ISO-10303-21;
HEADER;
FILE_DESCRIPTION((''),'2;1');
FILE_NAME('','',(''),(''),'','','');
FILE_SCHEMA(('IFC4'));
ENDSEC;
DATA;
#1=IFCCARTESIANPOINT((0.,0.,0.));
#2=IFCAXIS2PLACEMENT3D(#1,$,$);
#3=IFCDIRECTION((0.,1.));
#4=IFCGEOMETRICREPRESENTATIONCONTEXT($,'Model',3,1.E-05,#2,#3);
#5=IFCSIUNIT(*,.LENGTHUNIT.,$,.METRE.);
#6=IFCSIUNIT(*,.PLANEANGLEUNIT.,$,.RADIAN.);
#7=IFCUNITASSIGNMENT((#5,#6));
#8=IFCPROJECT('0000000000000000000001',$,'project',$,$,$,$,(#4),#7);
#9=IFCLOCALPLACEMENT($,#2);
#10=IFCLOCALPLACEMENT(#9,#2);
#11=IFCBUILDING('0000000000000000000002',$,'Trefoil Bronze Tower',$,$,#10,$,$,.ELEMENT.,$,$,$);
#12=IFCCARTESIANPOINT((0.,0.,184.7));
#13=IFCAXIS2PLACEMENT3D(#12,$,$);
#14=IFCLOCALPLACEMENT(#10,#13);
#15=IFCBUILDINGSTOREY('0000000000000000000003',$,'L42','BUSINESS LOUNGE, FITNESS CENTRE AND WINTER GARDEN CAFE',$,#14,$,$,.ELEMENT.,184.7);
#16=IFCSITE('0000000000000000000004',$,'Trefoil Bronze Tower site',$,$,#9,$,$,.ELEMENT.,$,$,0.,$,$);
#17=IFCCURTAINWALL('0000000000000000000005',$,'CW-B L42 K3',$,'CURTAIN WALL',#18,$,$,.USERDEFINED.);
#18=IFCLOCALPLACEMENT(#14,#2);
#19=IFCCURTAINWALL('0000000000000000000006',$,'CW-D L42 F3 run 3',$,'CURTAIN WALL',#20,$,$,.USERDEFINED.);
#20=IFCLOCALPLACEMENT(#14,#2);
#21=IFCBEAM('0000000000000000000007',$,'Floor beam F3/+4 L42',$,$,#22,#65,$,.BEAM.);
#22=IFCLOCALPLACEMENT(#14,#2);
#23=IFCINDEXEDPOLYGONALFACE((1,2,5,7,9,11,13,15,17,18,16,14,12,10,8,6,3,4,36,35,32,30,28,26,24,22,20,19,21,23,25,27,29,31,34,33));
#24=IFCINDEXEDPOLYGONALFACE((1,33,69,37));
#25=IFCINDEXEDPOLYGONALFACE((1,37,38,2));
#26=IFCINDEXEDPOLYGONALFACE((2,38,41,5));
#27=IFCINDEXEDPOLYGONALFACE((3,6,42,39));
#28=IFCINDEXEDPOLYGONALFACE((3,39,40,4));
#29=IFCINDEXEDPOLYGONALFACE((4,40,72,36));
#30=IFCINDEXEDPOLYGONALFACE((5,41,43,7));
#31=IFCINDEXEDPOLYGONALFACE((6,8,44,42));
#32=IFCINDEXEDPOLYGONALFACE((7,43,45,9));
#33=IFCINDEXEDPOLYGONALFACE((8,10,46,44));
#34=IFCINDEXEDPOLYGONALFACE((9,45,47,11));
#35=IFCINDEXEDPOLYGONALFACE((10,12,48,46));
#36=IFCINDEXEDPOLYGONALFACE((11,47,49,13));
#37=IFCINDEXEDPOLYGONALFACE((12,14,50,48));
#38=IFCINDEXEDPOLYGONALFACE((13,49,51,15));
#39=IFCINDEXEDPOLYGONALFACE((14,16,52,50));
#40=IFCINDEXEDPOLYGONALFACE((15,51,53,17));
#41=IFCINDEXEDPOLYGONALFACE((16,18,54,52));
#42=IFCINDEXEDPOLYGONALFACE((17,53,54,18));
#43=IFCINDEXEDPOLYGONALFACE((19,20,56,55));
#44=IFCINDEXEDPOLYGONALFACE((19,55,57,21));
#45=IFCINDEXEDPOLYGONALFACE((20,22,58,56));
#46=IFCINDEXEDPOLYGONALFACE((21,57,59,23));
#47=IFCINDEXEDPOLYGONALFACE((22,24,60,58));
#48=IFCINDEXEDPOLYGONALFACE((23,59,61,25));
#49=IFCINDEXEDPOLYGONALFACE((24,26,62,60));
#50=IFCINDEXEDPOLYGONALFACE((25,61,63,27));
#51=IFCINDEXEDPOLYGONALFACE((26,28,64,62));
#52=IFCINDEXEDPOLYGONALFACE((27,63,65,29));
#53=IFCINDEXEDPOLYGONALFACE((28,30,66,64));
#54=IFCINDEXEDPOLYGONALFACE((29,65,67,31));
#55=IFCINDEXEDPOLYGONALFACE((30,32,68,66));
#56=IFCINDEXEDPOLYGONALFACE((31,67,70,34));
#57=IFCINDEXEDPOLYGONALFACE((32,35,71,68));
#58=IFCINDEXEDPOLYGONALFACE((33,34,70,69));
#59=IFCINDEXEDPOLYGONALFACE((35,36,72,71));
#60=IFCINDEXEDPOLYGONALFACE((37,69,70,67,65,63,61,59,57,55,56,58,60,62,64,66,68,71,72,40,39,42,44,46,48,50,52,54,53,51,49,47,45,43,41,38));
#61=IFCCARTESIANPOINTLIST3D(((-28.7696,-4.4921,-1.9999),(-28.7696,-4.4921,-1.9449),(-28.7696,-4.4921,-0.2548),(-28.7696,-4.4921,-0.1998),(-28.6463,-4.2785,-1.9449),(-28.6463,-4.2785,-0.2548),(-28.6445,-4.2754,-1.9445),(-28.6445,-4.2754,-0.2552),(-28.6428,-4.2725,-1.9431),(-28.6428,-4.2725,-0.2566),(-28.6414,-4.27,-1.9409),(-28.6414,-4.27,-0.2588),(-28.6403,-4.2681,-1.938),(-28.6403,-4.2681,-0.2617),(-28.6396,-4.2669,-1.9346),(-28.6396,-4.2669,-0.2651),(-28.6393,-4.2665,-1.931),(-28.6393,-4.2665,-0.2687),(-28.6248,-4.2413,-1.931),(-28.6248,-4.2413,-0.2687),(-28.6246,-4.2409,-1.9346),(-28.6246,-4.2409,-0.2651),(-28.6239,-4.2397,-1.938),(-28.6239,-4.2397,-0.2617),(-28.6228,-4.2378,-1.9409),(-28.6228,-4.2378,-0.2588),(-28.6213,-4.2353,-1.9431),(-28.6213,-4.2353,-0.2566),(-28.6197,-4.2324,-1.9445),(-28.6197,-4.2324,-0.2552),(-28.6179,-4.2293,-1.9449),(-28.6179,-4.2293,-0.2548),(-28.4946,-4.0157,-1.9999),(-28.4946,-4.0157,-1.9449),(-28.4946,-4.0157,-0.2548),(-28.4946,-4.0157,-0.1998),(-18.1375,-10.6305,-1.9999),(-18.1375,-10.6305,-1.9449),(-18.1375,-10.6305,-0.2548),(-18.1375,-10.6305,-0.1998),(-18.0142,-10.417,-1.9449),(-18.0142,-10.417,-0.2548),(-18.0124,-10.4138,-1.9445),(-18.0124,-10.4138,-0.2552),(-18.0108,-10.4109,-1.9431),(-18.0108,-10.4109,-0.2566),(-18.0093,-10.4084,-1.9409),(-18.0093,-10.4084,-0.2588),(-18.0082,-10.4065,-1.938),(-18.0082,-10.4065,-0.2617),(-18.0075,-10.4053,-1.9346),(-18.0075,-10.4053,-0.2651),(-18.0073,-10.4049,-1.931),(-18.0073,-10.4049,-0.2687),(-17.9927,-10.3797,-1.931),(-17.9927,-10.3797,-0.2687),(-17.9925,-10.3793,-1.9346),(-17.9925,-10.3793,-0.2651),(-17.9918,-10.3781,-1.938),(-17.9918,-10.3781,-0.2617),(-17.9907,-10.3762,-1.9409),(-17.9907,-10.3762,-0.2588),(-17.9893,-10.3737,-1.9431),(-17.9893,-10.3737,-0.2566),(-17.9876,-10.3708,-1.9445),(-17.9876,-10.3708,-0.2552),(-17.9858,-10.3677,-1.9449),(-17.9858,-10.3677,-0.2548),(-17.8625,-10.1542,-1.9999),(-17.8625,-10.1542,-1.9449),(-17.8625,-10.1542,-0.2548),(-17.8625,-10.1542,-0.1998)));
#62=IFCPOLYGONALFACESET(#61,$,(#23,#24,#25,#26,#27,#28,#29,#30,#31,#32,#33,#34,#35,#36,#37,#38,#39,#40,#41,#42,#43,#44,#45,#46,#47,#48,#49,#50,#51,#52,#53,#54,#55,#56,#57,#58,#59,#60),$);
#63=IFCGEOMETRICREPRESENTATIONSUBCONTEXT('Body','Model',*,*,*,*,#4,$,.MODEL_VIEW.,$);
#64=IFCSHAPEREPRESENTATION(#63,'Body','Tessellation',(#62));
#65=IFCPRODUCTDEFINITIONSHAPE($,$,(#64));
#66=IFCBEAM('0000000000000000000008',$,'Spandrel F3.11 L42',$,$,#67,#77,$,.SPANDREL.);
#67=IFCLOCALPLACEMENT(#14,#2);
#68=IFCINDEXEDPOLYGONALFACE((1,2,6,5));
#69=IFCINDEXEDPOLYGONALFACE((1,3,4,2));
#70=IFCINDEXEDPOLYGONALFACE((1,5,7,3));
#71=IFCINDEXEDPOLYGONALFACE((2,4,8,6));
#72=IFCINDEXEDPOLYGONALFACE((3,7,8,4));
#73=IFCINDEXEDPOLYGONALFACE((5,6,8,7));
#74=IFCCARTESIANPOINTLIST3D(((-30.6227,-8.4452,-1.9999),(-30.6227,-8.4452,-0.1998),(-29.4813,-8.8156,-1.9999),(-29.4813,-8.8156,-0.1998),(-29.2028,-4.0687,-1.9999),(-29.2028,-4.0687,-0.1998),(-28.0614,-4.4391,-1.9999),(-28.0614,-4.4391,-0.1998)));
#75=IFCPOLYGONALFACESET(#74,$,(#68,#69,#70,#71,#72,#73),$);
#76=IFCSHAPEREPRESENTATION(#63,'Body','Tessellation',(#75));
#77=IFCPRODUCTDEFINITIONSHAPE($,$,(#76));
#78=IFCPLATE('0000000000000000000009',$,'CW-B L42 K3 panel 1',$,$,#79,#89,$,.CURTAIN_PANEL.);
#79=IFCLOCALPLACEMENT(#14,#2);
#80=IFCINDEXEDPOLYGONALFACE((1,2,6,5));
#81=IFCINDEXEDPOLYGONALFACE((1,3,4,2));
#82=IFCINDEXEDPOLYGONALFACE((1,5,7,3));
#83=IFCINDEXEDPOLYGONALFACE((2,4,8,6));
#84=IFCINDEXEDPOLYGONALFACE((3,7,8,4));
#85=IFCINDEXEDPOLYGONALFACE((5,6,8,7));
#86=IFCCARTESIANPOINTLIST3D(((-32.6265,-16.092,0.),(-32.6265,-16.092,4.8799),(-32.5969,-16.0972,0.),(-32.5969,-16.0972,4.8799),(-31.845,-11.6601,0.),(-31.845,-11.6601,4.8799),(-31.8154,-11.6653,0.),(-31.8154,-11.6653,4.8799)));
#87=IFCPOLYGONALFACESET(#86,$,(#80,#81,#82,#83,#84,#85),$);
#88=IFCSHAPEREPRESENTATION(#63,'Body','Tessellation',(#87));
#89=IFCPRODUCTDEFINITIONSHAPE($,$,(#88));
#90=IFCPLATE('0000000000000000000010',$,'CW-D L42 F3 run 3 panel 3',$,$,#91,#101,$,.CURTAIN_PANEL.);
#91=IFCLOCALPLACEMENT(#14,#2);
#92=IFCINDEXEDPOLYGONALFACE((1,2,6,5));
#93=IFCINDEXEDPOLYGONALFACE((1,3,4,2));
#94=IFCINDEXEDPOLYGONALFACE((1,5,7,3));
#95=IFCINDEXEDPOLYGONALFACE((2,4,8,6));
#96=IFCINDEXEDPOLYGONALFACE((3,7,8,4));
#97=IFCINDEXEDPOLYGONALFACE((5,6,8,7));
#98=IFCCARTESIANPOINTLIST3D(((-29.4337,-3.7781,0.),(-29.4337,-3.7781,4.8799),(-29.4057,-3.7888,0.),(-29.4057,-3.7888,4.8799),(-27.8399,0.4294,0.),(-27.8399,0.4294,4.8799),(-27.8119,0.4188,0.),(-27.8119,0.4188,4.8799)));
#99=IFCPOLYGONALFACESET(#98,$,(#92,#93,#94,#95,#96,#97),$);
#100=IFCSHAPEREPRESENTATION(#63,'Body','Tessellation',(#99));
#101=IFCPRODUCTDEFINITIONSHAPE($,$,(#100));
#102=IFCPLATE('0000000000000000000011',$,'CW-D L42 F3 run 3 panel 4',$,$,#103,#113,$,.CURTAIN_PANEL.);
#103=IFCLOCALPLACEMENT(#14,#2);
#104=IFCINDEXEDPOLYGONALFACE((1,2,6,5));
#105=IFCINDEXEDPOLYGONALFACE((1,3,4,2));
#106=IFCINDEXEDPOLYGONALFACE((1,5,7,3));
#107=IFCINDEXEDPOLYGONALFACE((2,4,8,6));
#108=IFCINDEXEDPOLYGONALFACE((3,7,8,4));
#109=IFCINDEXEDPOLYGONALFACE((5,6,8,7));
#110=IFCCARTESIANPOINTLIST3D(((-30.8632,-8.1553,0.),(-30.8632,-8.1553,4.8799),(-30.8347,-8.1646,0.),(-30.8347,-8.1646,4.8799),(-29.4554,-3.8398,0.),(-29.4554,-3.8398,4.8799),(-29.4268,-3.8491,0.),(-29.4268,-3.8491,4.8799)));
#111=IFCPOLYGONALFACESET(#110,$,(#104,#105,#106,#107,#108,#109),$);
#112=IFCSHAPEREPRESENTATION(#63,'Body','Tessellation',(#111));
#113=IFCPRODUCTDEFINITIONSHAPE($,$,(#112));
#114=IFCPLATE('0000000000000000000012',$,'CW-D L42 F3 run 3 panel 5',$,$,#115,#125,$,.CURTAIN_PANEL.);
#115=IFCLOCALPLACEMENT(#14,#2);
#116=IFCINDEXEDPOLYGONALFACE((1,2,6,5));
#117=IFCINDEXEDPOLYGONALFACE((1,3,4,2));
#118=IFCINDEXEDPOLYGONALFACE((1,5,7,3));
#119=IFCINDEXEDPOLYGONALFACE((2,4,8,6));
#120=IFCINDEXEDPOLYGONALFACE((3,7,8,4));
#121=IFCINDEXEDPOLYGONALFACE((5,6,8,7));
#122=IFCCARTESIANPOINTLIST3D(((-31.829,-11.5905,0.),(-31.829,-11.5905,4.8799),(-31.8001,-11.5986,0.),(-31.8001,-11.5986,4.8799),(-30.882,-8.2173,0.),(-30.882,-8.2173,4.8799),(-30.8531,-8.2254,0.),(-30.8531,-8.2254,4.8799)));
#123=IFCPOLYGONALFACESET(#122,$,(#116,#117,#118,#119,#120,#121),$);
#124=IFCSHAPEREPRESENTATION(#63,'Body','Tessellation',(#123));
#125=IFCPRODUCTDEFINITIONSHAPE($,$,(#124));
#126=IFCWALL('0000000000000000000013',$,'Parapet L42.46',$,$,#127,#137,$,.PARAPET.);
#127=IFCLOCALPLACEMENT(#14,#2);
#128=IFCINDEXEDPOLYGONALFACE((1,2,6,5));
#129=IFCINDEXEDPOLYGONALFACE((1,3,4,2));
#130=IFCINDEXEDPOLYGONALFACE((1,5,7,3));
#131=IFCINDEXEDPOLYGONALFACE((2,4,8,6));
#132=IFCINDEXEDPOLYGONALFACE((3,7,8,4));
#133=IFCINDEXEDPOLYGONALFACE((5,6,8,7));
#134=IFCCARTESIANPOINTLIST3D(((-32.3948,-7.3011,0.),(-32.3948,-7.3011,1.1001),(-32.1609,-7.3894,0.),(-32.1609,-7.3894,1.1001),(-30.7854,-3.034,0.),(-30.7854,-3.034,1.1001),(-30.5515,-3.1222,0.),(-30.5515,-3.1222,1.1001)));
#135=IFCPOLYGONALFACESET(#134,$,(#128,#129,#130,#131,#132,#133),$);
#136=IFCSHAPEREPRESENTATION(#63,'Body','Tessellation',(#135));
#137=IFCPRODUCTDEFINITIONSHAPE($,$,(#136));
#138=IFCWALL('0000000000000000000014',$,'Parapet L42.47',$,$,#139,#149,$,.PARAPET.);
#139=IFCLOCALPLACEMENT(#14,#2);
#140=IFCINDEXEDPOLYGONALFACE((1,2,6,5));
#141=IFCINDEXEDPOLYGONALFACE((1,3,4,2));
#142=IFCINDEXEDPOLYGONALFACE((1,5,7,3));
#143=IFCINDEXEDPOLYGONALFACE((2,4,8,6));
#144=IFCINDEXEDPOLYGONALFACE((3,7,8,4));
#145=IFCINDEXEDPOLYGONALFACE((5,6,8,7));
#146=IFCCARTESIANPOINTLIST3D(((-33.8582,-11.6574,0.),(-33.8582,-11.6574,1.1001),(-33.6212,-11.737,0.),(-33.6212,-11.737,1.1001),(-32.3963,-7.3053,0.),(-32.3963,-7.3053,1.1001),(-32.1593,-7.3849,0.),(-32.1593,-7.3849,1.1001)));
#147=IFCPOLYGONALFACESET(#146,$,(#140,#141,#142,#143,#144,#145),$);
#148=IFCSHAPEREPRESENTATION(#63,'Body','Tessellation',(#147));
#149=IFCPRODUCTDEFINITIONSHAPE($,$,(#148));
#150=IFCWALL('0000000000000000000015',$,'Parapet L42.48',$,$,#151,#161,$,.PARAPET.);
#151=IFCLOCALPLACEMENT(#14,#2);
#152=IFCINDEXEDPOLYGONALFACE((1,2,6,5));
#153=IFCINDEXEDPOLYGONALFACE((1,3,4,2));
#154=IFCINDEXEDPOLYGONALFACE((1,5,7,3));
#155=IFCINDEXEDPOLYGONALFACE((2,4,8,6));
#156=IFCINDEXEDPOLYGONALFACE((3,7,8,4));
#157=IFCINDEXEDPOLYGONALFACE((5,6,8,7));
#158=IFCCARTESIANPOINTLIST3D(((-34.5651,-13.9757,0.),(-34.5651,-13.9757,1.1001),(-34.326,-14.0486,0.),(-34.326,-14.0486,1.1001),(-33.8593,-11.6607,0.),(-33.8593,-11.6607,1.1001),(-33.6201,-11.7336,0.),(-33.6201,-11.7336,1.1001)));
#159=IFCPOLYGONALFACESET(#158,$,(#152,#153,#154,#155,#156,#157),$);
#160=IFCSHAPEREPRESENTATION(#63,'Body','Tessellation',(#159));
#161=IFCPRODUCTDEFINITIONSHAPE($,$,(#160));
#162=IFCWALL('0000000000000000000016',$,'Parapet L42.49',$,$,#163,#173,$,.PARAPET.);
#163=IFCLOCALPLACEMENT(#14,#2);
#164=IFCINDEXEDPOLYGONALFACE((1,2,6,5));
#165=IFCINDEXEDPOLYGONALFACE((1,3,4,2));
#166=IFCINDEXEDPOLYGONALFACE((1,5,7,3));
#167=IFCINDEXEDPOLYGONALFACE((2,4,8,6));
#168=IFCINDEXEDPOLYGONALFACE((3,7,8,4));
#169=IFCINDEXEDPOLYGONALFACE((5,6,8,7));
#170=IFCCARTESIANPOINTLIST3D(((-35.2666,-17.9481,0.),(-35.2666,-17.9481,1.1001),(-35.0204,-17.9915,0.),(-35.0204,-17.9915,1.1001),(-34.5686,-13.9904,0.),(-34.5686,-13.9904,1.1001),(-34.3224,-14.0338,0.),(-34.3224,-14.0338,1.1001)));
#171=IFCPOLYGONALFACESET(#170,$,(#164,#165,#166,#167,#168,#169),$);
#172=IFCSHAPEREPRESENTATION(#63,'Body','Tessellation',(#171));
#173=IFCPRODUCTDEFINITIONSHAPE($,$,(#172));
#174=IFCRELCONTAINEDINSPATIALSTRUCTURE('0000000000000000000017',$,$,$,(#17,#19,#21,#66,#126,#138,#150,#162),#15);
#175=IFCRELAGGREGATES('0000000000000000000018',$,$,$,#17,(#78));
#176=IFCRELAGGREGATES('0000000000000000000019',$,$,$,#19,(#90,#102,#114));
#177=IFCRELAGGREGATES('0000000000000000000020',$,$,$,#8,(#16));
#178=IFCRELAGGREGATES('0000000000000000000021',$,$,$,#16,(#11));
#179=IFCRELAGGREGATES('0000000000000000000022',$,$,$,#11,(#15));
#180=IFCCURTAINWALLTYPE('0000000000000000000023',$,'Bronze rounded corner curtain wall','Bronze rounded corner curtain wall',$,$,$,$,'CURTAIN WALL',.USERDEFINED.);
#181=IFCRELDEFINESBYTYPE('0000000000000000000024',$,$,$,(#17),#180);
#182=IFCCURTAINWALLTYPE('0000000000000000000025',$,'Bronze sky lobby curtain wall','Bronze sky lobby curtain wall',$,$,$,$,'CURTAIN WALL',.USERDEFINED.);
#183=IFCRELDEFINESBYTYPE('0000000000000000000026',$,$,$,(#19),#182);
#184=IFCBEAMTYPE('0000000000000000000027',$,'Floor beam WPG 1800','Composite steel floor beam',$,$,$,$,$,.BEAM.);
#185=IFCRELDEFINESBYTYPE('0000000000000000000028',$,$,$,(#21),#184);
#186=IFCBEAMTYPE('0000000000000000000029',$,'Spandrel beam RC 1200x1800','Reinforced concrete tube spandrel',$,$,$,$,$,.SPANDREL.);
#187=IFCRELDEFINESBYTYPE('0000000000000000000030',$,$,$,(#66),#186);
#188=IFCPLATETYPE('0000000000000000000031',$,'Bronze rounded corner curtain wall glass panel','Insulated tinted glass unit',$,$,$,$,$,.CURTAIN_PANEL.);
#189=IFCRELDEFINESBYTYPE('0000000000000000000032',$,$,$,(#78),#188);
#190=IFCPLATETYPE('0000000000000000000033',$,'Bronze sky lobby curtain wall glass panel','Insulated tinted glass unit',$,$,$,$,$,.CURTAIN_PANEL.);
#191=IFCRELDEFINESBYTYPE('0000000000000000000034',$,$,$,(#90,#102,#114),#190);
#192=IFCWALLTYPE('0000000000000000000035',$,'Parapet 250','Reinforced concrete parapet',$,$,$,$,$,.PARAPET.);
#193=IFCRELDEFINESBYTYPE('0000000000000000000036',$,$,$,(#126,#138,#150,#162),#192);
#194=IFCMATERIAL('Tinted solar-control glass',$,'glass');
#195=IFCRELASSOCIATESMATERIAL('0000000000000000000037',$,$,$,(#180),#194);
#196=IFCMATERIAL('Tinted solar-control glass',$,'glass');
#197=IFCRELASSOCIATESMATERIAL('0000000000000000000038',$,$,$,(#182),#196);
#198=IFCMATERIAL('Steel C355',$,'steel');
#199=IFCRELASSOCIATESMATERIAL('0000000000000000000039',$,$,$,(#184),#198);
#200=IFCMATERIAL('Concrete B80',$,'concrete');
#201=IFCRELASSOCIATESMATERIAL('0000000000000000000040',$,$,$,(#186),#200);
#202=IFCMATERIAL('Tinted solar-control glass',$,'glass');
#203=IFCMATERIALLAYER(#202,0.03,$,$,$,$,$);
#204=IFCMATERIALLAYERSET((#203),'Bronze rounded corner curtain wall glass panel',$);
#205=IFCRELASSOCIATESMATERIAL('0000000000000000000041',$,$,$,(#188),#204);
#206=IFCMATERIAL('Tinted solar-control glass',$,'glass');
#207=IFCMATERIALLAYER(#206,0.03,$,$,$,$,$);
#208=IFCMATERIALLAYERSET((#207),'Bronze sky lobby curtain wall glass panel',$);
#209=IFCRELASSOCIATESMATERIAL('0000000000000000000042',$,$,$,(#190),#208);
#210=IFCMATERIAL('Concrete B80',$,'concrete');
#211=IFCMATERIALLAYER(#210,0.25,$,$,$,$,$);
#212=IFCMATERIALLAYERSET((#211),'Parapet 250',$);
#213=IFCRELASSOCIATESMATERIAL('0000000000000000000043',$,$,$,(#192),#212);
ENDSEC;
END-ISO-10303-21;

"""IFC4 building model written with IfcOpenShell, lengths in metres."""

from ifc_helpers import new_model, si_unit, direction, frame, frame_2d, origin, origin_2d, place, context, subcontext, project, spatial, rectangle, i_section, extrude, material, layer, layer_set, material_profile, profile_set, type_object, element, aggregate, save


model = new_model("IFC4")

# Units and contexts
model_context = context("Model", 3, precision=1e-05, world=origin(), true_north=direction((0.0, 1.0)))
body_context = subcontext(model_context, "Body", "Model", "MODEL_VIEW")
ifc_project = project(units=[si_unit("LENGTHUNIT", "METRE"), si_unit("PLANEANGLEUNIT", "RADIAN")], contexts=[model_context])

# Site, building, storey
site_placement = place(None, origin())
site = spatial("IfcSite", under=ifc_project, at=site_placement, Name="Trefoil Bronze Tower site", CompositionType="ELEMENT", RefElevation=0.0)
building_placement = place(site_placement, origin())
building = spatial("IfcBuilding", under=site, at=building_placement, Name="Trefoil Bronze Tower", CompositionType="ELEMENT")
storey_placement = place(building_placement, frame((0.0, 0.0, 184.7)))
storey = spatial("IfcBuildingStorey", under=building, at=storey_placement, Name="L42", Description="BUSINESS LOUNGE, FITNESS CENTRE AND WINTER GARDEN CAFE", CompositionType="ELEMENT", Elevation=184.7)

# Curtain walls
ifc_material_1 = material(Name="Tinted solar-control glass", Category="glass")
curtain_wall_type_1 = type_object("IfcCurtainWallType", Name="Bronze rounded corner curtain wall", Description="Bronze rounded corner curtain wall", ElementType="CURTAIN WALL", PredefinedType="USERDEFINED", material=ifc_material_1)
curtain_wall_1_placement = place(storey_placement, origin())
curtain_wall_1 = element("IfcCurtainWall", 1, at=curtain_wall_1_placement, inside=storey, type_object=curtain_wall_type_1, Name="CW-B L42 K3", ObjectType="CURTAIN WALL", PredefinedType="USERDEFINED")
ifc_material_2 = material(Name="Tinted solar-control glass", Category="glass")
curtain_wall_type_2 = type_object("IfcCurtainWallType", Name="Bronze sky lobby curtain wall", Description="Bronze sky lobby curtain wall", ElementType="CURTAIN WALL", PredefinedType="USERDEFINED", material=ifc_material_2)
curtain_wall_2_placement = place(storey_placement, origin())
curtain_wall_2 = element("IfcCurtainWall", 2, at=curtain_wall_2_placement, inside=storey, type_object=curtain_wall_type_2, Name="CW-D L42 F3 run 3", ObjectType="CURTAIN WALL", PredefinedType="USERDEFINED")

# Beams
ifc_material_3 = material(Name="Steel C355", Category="steel")
ifc_material_profile_1 = material_profile(ifc_material_3, i_section(OverallWidth=0.55, OverallDepth=1.8, WebThickness=0.0291, FlangeThickness=0.0549, FilletRadius=0.0139, at=origin_2d()), Name="WPG 1800")
ifc_profile_set_1 = profile_set([ifc_material_profile_1], Name="Steel C355")
beam_type_1 = type_object("IfcBeamType", Name="Floor beam WPG 1800", Description="Composite steel floor beam", PredefinedType="BEAM", material=ifc_profile_set_1)
beam_1_placement = place(storey_placement, frame((-28.6321, -4.2539, -1.0999), z_axis=(0.866026, -0.5, 0.0), x_axis=(0.5, 0.866026, 0.0)))
element("IfcBeam", 3, at=beam_1_placement, inside=storey, type_object=beam_type_1, Name="Floor beam F3/+4 L42", PredefinedType="BEAM", context=body_context, shape_type="SweptSolid", body=[
    extrude(i_section(OverallWidth=0.55, OverallDepth=1.8, WebThickness=0.0291, FlangeThickness=0.0549, FilletRadius=0.0139, at=origin_2d()), origin(), (0.0, 0.0, 1.0), 12.2769),
])
ifc_material_4 = material(Name="Concrete B80", Category="concrete")
ifc_material_profile_2 = material_profile(ifc_material_4, rectangle(XDim=1.2, YDim=1.8, at=origin_2d()), Name="RC 1200x1800")
ifc_profile_set_2 = profile_set([ifc_material_profile_2], Name="Concrete B80")
beam_type_2 = type_object("IfcBeamType", Name="Spandrel beam RC 1200x1800", Description="Reinforced concrete tube spandrel", PredefinedType="SPANDREL", material=ifc_profile_set_2)
beam_2_placement = place(storey_placement, frame((-28.6321, -4.2539, -1.0999), z_axis=(-0.308609, -0.951189, 0.0), x_axis=(0.951189, -0.308609, 0.0)))
element("IfcBeam", 4, at=beam_2_placement, inside=storey, type_object=beam_type_2, Name="Spandrel F3.11 L42", PredefinedType="SPANDREL", context=body_context, shape_type="SweptSolid", body=[
    extrude(rectangle(XDim=1.2, YDim=1.8, at=origin_2d()), origin(), (0.0, 0.0, 1.0), 4.6011),
])

# Plates
ifc_material_5 = material(Name="Tinted solar-control glass", Category="glass")
ifc_layer_1 = layer(ifc_material_5, 0.03)
ifc_layer_set_1 = layer_set([ifc_layer_1], Name="Bronze rounded corner curtain wall glass panel")
plate_type_1 = type_object("IfcPlateType", Name="Bronze rounded corner curtain wall glass panel", Description="Insulated tinted glass unit", PredefinedType="CURTAIN_PANEL", material=ifc_layer_set_1)
plate_1_placement = place(storey_placement, frame((-32.2209, -13.8787, 0.0), z_axis=(0.0, 0.0, 1.0), x_axis=(-0.173648, -0.984808, 0.0)))
plate_1 = element("IfcPlate", 5, at=plate_1_placement, type_object=plate_type_1, Name="CW-B L42 K3 panel 1", PredefinedType="CURTAIN_PANEL", context=body_context, shape_type="SweptSolid", body=[
    extrude(rectangle(XDim=4.5002, YDim=0.03, at=origin_2d()), origin(), (0.0, 0.0, 1.0), 4.8799),
])
aggregate(curtain_wall_1, [plate_1])
ifc_material_6 = material(Name="Tinted solar-control glass", Category="glass")
ifc_layer_2 = layer(ifc_material_6, 0.03)
ifc_layer_set_2 = layer_set([ifc_layer_2], Name="Bronze sky lobby curtain wall glass panel")
plate_type_2 = type_object("IfcPlateType", Name="Bronze sky lobby curtain wall glass panel", Description="Insulated tinted glass unit", PredefinedType="CURTAIN_PANEL", material=ifc_layer_set_2)
plate_2_placement = place(storey_placement, frame((-28.6228, -1.6797, 0.0), z_axis=(0.0, 0.0, 1.0), x_axis=(-0.354234, -0.935157, 0.0)))
plate_2 = element("IfcPlate", 6, at=plate_2_placement, type_object=plate_type_2, Name="CW-D L42 F3 run 3 panel 3", PredefinedType="CURTAIN_PANEL", context=body_context, shape_type="SweptSolid", body=[
    extrude(rectangle(XDim=4.4993, YDim=0.03, at=origin_2d()), origin(), (0.0, 0.0, 1.0), 4.8799),
])
plate_3_placement = place(storey_placement, frame((-30.145, -6.0022, 0.0), z_axis=(0.0, 0.0, 1.0), x_axis=(-0.310149, -0.950688, 0.0)))
plate_3 = element("IfcPlate", 7, at=plate_3_placement, type_object=plate_type_2, Name="CW-D L42 F3 run 3 panel 4", PredefinedType="CURTAIN_PANEL", context=body_context, shape_type="SweptSolid", body=[
    extrude(rectangle(XDim=4.5393, YDim=0.03, at=origin_2d()), origin(), (0.0, 0.0, 1.0), 4.8799),
])
plate_4_placement = place(storey_placement, frame((-31.3411, -9.908, 0.0), z_axis=(0.0, 0.0, 1.0), x_axis=(-0.270282, -0.962781, 0.0)))
plate_4 = element("IfcPlate", 8, at=plate_4_placement, type_object=plate_type_2, Name="CW-D L42 F3 run 3 panel 5", PredefinedType="CURTAIN_PANEL", context=body_context, shape_type="SweptSolid", body=[
    extrude(rectangle(XDim=3.5037, YDim=0.03, at=origin_2d()), origin(), (0.0, 0.0, 1.0), 4.8799),
])
aggregate(curtain_wall_2, [plate_2, plate_3, plate_4])

# Walls
ifc_material_7 = material(Name="Concrete B80", Category="concrete")
ifc_layer_3 = layer(ifc_material_7, 0.25)
ifc_layer_set_3 = layer_set([ifc_layer_3], Name="Parapet 250")
wall_type = type_object("IfcWallType", Name="Parapet 250", Description="Reinforced concrete parapet", PredefinedType="PARAPET", material=ifc_layer_set_3)
wall_1_placement = place(storey_placement, frame((-30.6685, -3.0781, 0.0), z_axis=(0.0, 0.0, 1.0), x_axis=(-0.352895, -0.935663, 0.0)))
element("IfcWall", 9, at=wall_1_placement, inside=storey, type_object=wall_type, Name="Parapet L42.46", PredefinedType="PARAPET", context=body_context, shape_type="SweptSolid", body=[
    extrude(rectangle(XDim=4.5605, YDim=0.25, at=frame_2d((2.2803, 0.0))), origin(), (0.0, 0.0, 1.0), 1.1001),
])
wall_2_placement = place(storey_placement, frame((-32.2778, -7.3452, 0.0), z_axis=(0.0, 0.0, 1.0), x_axis=(-0.318428, -0.947947, 0.0)))
element("IfcWall", 10, at=wall_2_placement, inside=storey, type_object=wall_type, Name="Parapet L42.47", PredefinedType="PARAPET", context=body_context, shape_type="SweptSolid", body=[
    extrude(rectangle(XDim=4.5911, YDim=0.25, at=frame_2d((2.2954, 0.0))), origin(), (0.0, 0.0, 1.0), 1.1001),
])
wall_3_placement = place(storey_placement, frame((-33.7397, -11.6973, 0.0), z_axis=(0.0, 0.0, 1.0), x_axis=(-0.291639, -0.956528, 0.0)))
element("IfcWall", 11, at=wall_3_placement, inside=storey, type_object=wall_type, Name="Parapet L42.48", PredefinedType="PARAPET", context=body_context, shape_type="SweptSolid", body=[
    extrude(rectangle(XDim=2.4202, YDim=0.25, at=frame_2d((1.21, 0.0))), origin(), (0.0, 0.0, 1.0), 1.1001),
])
wall_4_placement = place(storey_placement, frame((-34.4456, -14.0122, 0.0), z_axis=(0.0, 0.0, 1.0), x_axis=(-0.173681, -0.984802, 0.0)))
element("IfcWall", 12, at=wall_4_placement, inside=storey, type_object=wall_type, Name="Parapet L42.49", PredefinedType="PARAPET", context=body_context, shape_type="SweptSolid", body=[
    extrude(rectangle(XDim=4.0188, YDim=0.25, at=frame_2d((2.0093, 0.0))), origin(), (0.0, 0.0, 1.0), 1.1001),
])

save(model, "model.ifc")
